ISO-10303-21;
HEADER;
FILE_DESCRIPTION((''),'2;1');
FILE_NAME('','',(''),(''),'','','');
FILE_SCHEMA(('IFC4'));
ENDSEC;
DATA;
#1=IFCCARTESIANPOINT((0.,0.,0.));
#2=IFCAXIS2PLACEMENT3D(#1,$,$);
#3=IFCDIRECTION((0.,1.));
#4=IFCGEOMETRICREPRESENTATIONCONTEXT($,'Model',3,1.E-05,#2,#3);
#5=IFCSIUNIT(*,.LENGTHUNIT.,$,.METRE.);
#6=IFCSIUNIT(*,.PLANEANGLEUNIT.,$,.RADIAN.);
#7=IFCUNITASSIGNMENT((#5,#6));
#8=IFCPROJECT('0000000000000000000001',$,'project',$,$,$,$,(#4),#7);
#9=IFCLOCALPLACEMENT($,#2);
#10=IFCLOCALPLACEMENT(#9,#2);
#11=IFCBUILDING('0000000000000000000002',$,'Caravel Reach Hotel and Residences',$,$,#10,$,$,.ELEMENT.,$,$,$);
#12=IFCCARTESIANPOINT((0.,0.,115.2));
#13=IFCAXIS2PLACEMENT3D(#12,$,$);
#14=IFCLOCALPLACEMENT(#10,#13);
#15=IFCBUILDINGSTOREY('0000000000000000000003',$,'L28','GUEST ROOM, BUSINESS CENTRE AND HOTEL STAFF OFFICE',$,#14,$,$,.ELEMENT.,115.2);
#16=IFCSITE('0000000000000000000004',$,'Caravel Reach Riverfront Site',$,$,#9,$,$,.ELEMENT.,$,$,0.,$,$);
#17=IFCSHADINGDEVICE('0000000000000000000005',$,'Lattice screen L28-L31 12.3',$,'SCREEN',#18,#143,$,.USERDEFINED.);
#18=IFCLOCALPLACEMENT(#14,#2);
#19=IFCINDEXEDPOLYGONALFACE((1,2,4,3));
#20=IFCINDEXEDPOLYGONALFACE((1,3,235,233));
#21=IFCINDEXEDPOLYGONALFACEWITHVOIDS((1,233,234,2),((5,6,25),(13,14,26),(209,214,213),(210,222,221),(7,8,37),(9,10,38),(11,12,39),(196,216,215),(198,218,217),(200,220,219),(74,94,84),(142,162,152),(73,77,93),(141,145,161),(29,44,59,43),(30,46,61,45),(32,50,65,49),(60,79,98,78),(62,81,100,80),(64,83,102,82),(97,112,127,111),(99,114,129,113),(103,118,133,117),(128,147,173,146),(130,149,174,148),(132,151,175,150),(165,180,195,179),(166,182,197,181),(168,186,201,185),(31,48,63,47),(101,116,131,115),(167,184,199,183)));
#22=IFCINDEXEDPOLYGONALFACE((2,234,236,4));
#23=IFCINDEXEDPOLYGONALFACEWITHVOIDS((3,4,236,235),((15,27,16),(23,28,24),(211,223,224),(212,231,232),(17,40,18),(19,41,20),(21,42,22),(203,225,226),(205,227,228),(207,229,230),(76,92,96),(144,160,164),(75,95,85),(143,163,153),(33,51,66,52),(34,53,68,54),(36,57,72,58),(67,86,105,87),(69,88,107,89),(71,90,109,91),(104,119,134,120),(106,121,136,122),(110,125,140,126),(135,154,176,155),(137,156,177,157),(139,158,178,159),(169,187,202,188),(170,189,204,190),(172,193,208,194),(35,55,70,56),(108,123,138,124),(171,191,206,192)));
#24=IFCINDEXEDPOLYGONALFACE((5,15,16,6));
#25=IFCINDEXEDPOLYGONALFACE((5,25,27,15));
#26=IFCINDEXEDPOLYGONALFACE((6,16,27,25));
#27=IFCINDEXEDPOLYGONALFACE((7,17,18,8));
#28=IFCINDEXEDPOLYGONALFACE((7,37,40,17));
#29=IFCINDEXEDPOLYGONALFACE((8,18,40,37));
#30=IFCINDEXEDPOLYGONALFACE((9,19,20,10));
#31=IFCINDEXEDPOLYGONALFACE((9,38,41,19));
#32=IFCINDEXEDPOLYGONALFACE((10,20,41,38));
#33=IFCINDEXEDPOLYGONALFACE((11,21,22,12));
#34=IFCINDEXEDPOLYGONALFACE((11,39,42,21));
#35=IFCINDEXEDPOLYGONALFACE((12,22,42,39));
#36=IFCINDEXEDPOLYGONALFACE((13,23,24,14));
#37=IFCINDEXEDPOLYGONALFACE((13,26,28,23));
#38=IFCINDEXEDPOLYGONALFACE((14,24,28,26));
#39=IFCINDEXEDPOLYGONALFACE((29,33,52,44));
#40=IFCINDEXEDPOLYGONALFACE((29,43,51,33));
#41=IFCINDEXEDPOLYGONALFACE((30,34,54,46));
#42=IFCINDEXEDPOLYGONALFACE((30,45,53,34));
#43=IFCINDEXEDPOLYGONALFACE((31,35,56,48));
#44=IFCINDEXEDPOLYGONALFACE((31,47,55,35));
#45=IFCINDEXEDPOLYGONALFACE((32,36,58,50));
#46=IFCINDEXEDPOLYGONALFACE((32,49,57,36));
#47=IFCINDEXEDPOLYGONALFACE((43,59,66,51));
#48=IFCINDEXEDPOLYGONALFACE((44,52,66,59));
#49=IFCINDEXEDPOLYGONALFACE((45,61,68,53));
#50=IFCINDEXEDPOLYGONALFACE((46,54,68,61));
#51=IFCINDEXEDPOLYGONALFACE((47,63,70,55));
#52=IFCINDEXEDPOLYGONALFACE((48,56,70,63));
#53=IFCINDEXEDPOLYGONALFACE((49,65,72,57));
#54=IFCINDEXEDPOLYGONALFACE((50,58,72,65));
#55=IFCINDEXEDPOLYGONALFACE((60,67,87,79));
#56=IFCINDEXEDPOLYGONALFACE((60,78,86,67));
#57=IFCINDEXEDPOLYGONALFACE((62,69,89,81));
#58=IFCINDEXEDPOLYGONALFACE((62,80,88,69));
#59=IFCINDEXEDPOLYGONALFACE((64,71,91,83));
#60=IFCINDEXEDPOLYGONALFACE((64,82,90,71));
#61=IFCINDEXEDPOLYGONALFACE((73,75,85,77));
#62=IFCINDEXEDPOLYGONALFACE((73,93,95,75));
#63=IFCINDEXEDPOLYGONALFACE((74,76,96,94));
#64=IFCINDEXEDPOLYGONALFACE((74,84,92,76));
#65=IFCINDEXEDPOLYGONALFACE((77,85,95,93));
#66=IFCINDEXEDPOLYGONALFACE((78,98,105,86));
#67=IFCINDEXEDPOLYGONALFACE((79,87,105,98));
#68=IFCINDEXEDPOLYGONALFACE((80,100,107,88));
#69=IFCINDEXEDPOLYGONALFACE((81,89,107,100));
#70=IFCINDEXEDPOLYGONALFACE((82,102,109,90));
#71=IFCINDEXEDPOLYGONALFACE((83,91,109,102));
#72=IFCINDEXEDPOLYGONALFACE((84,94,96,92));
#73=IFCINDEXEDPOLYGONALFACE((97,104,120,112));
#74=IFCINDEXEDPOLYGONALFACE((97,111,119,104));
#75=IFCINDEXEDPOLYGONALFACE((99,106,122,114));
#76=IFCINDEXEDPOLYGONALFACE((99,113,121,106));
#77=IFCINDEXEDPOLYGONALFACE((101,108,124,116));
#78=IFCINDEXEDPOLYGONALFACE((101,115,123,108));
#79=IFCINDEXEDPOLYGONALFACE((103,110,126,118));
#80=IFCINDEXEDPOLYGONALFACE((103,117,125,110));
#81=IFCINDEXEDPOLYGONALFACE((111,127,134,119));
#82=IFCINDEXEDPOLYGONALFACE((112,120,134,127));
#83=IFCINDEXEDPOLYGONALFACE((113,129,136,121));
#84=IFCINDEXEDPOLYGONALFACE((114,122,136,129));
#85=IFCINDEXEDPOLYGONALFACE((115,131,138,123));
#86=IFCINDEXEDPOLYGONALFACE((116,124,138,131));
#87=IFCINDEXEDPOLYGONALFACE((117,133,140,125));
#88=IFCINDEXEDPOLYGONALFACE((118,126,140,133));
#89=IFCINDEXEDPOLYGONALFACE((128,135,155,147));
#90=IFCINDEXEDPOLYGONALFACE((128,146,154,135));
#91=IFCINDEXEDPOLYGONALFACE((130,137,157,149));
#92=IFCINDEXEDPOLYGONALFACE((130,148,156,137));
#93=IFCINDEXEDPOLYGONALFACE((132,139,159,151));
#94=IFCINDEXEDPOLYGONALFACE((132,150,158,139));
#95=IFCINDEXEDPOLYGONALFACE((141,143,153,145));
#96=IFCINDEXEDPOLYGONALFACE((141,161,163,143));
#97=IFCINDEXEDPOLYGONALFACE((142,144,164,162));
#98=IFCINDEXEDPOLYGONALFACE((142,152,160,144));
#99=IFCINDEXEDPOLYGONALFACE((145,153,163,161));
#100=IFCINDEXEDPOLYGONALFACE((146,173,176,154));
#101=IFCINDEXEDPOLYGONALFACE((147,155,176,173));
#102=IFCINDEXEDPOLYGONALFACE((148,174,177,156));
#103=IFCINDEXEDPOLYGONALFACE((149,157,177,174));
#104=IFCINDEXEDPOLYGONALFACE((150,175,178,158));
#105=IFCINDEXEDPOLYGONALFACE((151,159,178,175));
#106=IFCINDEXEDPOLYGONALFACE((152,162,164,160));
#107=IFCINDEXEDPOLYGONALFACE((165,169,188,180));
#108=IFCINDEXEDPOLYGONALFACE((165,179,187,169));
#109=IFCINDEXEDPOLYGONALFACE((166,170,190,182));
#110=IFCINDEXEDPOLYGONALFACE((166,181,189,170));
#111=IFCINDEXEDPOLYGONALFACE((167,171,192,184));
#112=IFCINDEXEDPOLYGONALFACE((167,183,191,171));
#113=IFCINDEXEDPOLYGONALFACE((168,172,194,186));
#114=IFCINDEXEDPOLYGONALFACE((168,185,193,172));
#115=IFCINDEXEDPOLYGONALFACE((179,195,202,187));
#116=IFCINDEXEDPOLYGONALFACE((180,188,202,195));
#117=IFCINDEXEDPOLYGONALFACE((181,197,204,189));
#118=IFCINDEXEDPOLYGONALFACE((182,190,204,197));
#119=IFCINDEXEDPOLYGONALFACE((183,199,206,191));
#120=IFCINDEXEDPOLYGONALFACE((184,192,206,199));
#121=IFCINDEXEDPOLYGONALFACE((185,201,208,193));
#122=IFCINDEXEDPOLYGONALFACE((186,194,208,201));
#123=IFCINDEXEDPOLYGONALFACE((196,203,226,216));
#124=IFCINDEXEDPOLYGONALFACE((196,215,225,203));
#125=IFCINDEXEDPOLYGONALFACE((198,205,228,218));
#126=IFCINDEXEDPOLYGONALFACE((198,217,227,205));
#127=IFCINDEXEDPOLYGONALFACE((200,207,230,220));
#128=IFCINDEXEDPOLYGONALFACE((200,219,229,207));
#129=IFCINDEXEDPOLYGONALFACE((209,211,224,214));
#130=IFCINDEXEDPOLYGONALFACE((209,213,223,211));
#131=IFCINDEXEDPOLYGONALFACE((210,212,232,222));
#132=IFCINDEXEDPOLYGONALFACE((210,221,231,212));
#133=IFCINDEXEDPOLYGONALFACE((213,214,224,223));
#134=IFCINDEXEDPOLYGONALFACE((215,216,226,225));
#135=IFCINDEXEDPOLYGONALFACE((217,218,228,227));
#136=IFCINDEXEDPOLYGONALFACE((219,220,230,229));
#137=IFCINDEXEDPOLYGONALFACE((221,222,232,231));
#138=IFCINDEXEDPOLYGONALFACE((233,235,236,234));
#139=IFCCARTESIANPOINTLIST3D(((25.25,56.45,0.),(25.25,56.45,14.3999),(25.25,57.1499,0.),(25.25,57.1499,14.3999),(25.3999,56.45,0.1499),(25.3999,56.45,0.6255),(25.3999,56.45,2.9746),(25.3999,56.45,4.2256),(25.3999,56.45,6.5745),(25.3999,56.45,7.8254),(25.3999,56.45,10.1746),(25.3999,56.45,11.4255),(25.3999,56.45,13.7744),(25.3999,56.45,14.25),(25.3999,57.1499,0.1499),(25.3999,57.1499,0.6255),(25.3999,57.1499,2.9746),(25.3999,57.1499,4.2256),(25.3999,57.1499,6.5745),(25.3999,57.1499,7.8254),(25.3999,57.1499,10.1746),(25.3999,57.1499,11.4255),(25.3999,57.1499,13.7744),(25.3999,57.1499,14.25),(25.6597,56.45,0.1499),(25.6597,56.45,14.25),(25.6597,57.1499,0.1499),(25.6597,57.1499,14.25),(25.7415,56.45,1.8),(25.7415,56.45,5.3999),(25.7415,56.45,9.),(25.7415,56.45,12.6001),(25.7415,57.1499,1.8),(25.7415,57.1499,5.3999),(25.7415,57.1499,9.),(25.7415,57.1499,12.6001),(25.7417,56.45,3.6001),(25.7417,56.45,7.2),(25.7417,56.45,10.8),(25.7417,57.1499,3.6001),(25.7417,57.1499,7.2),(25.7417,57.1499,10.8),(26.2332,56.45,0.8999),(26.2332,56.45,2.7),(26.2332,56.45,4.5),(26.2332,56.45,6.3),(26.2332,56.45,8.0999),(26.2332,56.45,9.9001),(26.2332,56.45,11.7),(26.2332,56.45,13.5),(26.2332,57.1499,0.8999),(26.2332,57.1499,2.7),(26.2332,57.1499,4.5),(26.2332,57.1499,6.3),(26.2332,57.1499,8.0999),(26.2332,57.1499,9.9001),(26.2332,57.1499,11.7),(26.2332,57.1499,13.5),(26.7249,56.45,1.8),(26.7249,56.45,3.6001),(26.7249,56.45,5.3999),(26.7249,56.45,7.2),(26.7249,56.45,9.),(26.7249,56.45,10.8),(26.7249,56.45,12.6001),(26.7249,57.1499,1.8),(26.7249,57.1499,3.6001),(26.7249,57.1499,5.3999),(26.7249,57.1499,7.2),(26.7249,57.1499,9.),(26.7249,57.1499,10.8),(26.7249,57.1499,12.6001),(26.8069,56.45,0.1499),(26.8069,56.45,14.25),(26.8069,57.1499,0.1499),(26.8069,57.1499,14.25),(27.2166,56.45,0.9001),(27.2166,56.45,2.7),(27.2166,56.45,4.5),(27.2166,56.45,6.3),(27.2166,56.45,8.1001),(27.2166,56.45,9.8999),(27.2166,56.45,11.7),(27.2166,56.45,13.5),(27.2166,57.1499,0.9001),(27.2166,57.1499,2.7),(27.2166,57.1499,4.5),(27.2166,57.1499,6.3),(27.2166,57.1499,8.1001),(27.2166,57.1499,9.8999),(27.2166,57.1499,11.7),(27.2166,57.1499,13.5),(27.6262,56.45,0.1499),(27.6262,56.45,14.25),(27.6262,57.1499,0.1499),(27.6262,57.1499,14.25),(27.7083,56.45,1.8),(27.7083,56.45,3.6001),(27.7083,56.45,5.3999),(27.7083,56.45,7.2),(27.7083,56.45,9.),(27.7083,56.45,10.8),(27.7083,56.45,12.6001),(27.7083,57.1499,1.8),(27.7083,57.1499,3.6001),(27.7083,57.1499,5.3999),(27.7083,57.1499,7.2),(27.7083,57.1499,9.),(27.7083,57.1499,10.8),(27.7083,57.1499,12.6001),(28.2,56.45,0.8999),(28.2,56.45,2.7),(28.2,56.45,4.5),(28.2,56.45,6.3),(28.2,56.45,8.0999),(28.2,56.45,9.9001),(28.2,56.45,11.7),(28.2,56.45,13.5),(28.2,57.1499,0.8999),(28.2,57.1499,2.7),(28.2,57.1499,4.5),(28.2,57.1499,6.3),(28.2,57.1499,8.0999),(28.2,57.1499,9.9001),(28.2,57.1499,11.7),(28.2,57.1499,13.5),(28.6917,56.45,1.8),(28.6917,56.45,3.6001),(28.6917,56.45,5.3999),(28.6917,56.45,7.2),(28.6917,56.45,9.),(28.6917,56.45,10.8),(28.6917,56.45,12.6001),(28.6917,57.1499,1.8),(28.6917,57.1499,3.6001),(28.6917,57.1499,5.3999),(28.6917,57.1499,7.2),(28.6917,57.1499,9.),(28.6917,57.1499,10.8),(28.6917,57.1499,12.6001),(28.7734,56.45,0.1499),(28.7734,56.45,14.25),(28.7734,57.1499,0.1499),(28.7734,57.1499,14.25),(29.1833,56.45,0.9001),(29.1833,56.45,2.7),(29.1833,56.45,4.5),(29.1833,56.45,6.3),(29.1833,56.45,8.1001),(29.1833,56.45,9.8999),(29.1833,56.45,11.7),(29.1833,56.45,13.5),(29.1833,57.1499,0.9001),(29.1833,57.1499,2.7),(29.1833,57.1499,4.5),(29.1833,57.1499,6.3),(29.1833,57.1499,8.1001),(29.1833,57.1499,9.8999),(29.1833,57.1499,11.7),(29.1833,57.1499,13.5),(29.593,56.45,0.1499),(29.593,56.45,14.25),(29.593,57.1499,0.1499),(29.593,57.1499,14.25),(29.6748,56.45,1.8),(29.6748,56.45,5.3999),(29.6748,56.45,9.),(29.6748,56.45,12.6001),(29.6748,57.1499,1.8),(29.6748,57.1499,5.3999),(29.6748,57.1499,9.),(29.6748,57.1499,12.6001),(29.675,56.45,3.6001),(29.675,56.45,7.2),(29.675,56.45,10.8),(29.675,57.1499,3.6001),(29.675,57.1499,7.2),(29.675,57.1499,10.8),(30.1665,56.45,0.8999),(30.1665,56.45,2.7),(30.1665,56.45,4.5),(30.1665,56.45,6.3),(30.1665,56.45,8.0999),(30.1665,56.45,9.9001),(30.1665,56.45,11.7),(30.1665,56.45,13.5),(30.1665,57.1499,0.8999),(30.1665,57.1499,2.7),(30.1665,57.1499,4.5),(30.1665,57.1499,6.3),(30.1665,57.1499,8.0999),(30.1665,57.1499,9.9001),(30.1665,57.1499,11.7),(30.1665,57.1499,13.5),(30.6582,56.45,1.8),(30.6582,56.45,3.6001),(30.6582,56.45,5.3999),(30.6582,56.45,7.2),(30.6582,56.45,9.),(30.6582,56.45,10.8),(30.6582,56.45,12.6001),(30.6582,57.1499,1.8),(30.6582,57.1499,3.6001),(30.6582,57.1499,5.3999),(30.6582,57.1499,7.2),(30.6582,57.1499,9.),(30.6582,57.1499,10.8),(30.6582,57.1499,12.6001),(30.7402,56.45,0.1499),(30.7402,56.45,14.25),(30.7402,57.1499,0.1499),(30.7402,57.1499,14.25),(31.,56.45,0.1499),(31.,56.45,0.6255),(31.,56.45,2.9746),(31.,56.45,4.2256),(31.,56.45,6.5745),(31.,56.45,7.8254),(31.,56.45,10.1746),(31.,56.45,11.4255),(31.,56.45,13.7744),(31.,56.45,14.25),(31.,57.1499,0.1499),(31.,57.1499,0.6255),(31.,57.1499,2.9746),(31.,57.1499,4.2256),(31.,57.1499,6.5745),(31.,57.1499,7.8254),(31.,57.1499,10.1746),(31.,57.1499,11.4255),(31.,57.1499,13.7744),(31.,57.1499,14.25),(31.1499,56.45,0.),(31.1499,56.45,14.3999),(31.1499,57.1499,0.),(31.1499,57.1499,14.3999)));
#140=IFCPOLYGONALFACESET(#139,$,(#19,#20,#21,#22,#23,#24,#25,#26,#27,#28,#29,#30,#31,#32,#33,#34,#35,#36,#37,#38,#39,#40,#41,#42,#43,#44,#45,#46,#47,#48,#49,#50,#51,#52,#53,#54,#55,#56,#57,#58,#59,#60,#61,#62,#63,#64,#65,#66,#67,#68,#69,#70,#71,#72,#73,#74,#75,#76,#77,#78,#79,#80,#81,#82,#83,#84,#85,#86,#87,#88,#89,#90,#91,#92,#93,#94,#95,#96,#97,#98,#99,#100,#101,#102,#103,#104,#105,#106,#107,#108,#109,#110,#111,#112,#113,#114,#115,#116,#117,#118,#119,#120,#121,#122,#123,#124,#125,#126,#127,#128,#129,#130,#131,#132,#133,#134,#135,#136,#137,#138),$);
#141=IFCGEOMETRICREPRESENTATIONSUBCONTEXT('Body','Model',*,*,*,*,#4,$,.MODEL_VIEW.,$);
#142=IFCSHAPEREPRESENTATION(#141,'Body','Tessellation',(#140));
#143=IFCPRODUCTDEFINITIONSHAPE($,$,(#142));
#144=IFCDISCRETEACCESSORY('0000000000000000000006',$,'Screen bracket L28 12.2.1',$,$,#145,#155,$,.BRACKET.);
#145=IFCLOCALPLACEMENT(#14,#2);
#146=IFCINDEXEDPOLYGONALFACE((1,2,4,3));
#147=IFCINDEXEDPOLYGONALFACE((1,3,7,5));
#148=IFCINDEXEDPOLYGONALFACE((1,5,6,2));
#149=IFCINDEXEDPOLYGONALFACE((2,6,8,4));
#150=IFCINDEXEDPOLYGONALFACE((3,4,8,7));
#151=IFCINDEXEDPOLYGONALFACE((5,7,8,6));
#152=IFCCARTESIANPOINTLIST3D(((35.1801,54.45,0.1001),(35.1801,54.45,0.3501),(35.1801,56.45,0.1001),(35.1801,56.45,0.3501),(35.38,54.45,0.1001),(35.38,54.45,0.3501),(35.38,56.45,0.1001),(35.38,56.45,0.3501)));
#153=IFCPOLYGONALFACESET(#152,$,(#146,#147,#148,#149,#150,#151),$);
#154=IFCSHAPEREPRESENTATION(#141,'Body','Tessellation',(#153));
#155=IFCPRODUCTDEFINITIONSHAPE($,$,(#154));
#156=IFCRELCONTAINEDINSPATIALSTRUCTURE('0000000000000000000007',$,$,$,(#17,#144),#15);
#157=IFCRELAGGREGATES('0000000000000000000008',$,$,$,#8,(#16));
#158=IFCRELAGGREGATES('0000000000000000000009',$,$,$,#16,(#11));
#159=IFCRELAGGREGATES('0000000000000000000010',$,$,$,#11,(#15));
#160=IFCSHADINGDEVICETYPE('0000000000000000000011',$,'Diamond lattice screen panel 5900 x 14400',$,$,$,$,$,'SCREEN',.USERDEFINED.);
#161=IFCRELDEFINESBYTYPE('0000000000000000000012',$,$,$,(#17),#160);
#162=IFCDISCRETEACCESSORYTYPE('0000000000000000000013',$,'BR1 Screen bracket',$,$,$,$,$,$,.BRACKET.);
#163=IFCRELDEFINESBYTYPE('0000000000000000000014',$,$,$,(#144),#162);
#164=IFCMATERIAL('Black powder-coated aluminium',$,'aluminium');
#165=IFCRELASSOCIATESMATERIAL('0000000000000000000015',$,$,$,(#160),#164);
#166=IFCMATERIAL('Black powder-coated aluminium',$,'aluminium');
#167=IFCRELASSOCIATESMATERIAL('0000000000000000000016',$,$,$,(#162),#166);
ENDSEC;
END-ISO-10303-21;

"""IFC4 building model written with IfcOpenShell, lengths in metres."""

from ifc_helpers import new_model, si_unit, direction, frame, origin, origin_2d, place, context, subcontext, project, spatial, polyline, rectangle, outline, extrude, material, type_object, element, save


model = new_model("IFC4")

# Units and contexts
model_context = context("Model", 3, precision=1e-05, world=origin(), true_north=direction((0.0, 1.0)))
body_context = subcontext(model_context, "Body", "Model", "MODEL_VIEW")
ifc_project = project(units=[si_unit("LENGTHUNIT", "METRE"), si_unit("PLANEANGLEUNIT", "RADIAN")], contexts=[model_context])

# Site, building, storey
site_placement = place(None, origin())
site = spatial("IfcSite", under=ifc_project, at=site_placement, Name="Caravel Reach Riverfront Site", CompositionType="ELEMENT", RefElevation=0.0)
building_placement = place(site_placement, origin())
building = spatial("IfcBuilding", under=site, at=building_placement, Name="Caravel Reach Hotel and Residences", CompositionType="ELEMENT")
storey_placement = place(building_placement, frame((0.0, 0.0, 115.2)))
storey = spatial("IfcBuildingStorey", under=building, at=storey_placement, Name="L28", Description="GUEST ROOM, BUSINESS CENTRE AND HOTEL STAFF OFFICE", CompositionType="ELEMENT", Elevation=115.2)

# Shading device
ifc_material_1 = material(Name="Black powder-coated aluminium", Category="aluminium")
shading_device_type = type_object("IfcShadingDeviceType", Name="Diamond lattice screen panel 5900 x 14400", ElementType="SCREEN", PredefinedType="USERDEFINED", material=ifc_material_1)
shading_device_1_placement = place(storey_placement, frame((31.1499, 56.45, 0.0), z_axis=(0.0, 1.0, 0.0), x_axis=(-1.0, 0.0, 0.0)))
element("IfcShadingDevice", 1, at=shading_device_1_placement, inside=storey, type_object=shading_device_type, Name="Lattice screen L28-L31 12.3", ObjectType="SCREEN", PredefinedType="USERDEFINED", context=body_context, shape_type="SweptSolid", body=[
    extrude(outline(polyline([(0.0, 0.0), (5.8999, 0.0), (5.8999, 14.3999), (0.0, 14.3999), (0.0, 0.0)]), holes=[polyline([(0.4097, 0.1499), (0.1499, 0.6255), (0.1499, 0.1499), (0.4097, 0.1499)]), polyline([(0.4917, 3.6001), (0.1499, 4.2256), (0.1499, 2.9746), (0.4917, 3.6001)]), polyline([(0.4917, 7.2), (0.1499, 7.8254), (0.1499, 6.5745), (0.4917, 7.2)]), polyline([(0.4917, 10.8), (0.1499, 11.4255), (0.1499, 10.1746), (0.4917, 10.8)]), polyline([(0.1499, 13.7744), (0.4097, 14.25), (0.1499, 14.25), (0.1499, 13.7744)]), polyline([(0.9834, 2.7), (0.4917, 1.8), (0.9834, 0.8999), (1.4751, 1.8), (0.9834, 2.7)]), polyline([(0.9834, 6.3), (0.4917, 5.3999), (0.9834, 4.5), (1.4751, 5.3999), (0.9834, 6.3)]), polyline([(0.9834, 9.9001), (0.4917, 9.0), (0.9834, 8.0999), (1.4751, 9.0), (0.9834, 9.9001)]), polyline([(0.9834, 13.5), (0.4917, 12.6001), (0.9834, 11.7), (1.4751, 12.6001), (0.9834, 13.5)]), polyline([(1.9666, 0.9001), (1.5569, 0.1499), (2.3765, 0.1499), (1.9666, 0.9001)]), polyline([(1.9666, 4.5), (1.4749, 3.6001), (1.9666, 2.7), (2.4583, 3.6001), (1.9666, 4.5)]), polyline([(1.9666, 8.1001), (1.4749, 7.2), (1.9666, 6.3), (2.4583, 7.2), (1.9666, 8.1001)]), polyline([(1.9666, 11.7), (1.4749, 10.8), (1.9666, 9.8999), (2.4583, 10.8), (1.9666, 11.7)]), polyline([(1.9666, 13.5), (2.3765, 14.25), (1.5569, 14.25), (1.9666, 13.5)]), polyline([(2.95, 2.7), (2.4583, 1.8), (2.95, 0.8999), (3.4417, 1.8), (2.95, 2.7)]), polyline([(2.95, 6.3), (2.4583, 5.3999), (2.95, 4.5), (3.4417, 5.3999), (2.95, 6.3)]), polyline([(2.95, 9.9001), (2.4583, 9.0), (2.95, 8.0999), (3.4417, 9.0), (2.95, 9.9001)]), polyline([(2.95, 13.5), (2.4583, 12.6001), (2.95, 11.7), (3.4417, 12.6001), (2.95, 13.5)]), polyline([(3.9333, 0.9001), (3.5237, 0.1499), (4.343, 0.1499), (3.9333, 0.9001)]), polyline([(3.9333, 4.5), (3.4417, 3.6001), (3.9333, 2.7), (4.425, 3.6001), (3.9333, 4.5)]), polyline([(3.9333, 8.1001), (3.4417, 7.2), (3.9333, 6.3), (4.425, 7.2), (3.9333, 8.1001)]), polyline([(3.9333, 11.7), (3.4417, 10.8), (3.9333, 9.8999), (4.425, 10.8), (3.9333, 11.7)]), polyline([(3.9333, 13.5), (4.343, 14.25), (3.5237, 14.25), (3.9333, 13.5)]), polyline([(4.9167, 2.7), (4.425, 1.8), (4.9167, 0.8999), (5.4084, 1.8), (4.9167, 2.7)]), polyline([(4.9167, 6.3), (4.425, 5.3999), (4.9167, 4.5), (5.4084, 5.3999), (4.9167, 6.3)]), polyline([(4.9167, 9.9001), (4.425, 9.0), (4.9167, 8.0999), (5.4084, 9.0), (4.9167, 9.9001)]), polyline([(4.9167, 13.5), (4.425, 12.6001), (4.9167, 11.7), (5.4084, 12.6001), (4.9167, 13.5)]), polyline([(5.75, 0.6255), (5.4902, 0.1499), (5.75, 0.1499), (5.75, 0.6255)]), polyline([(5.4082, 3.6001), (5.75, 2.9746), (5.75, 4.2256), (5.4082, 3.6001)]), polyline([(5.4082, 7.2), (5.75, 6.5745), (5.75, 7.8254), (5.4082, 7.2)]), polyline([(5.4082, 10.8), (5.75, 10.1746), (5.75, 11.4255), (5.4082, 10.8)]), polyline([(5.4902, 14.25), (5.75, 13.7744), (5.75, 14.25), (5.4902, 14.25)])]), origin(), (0.0, 0.0, 1.0), 0.7),
])

# Discrete accessory
ifc_material_2 = material(Name="Black powder-coated aluminium", Category="aluminium")
discrete_accessory_type = type_object("IfcDiscreteAccessoryType", Name="BR1 Screen bracket", PredefinedType="BRACKET", material=ifc_material_2)
discrete_accessory_placement = place(storey_placement, frame((35.28, 55.45, 0.1001), z_axis=(0.0, 0.0, 1.0), x_axis=(0.0, 1.0, 0.0)))
element("IfcDiscreteAccessory", 2, at=discrete_accessory_placement, inside=storey, type_object=discrete_accessory_type, Name="Screen bracket L28 12.2.1", PredefinedType="BRACKET", context=body_context, shape_type="SweptSolid", body=[
    extrude(rectangle(XDim=2.0, YDim=0.2, at=origin_2d()), origin(), (0.0, 0.0, 1.0), 0.25),
])

save(model, "model.ifc")
